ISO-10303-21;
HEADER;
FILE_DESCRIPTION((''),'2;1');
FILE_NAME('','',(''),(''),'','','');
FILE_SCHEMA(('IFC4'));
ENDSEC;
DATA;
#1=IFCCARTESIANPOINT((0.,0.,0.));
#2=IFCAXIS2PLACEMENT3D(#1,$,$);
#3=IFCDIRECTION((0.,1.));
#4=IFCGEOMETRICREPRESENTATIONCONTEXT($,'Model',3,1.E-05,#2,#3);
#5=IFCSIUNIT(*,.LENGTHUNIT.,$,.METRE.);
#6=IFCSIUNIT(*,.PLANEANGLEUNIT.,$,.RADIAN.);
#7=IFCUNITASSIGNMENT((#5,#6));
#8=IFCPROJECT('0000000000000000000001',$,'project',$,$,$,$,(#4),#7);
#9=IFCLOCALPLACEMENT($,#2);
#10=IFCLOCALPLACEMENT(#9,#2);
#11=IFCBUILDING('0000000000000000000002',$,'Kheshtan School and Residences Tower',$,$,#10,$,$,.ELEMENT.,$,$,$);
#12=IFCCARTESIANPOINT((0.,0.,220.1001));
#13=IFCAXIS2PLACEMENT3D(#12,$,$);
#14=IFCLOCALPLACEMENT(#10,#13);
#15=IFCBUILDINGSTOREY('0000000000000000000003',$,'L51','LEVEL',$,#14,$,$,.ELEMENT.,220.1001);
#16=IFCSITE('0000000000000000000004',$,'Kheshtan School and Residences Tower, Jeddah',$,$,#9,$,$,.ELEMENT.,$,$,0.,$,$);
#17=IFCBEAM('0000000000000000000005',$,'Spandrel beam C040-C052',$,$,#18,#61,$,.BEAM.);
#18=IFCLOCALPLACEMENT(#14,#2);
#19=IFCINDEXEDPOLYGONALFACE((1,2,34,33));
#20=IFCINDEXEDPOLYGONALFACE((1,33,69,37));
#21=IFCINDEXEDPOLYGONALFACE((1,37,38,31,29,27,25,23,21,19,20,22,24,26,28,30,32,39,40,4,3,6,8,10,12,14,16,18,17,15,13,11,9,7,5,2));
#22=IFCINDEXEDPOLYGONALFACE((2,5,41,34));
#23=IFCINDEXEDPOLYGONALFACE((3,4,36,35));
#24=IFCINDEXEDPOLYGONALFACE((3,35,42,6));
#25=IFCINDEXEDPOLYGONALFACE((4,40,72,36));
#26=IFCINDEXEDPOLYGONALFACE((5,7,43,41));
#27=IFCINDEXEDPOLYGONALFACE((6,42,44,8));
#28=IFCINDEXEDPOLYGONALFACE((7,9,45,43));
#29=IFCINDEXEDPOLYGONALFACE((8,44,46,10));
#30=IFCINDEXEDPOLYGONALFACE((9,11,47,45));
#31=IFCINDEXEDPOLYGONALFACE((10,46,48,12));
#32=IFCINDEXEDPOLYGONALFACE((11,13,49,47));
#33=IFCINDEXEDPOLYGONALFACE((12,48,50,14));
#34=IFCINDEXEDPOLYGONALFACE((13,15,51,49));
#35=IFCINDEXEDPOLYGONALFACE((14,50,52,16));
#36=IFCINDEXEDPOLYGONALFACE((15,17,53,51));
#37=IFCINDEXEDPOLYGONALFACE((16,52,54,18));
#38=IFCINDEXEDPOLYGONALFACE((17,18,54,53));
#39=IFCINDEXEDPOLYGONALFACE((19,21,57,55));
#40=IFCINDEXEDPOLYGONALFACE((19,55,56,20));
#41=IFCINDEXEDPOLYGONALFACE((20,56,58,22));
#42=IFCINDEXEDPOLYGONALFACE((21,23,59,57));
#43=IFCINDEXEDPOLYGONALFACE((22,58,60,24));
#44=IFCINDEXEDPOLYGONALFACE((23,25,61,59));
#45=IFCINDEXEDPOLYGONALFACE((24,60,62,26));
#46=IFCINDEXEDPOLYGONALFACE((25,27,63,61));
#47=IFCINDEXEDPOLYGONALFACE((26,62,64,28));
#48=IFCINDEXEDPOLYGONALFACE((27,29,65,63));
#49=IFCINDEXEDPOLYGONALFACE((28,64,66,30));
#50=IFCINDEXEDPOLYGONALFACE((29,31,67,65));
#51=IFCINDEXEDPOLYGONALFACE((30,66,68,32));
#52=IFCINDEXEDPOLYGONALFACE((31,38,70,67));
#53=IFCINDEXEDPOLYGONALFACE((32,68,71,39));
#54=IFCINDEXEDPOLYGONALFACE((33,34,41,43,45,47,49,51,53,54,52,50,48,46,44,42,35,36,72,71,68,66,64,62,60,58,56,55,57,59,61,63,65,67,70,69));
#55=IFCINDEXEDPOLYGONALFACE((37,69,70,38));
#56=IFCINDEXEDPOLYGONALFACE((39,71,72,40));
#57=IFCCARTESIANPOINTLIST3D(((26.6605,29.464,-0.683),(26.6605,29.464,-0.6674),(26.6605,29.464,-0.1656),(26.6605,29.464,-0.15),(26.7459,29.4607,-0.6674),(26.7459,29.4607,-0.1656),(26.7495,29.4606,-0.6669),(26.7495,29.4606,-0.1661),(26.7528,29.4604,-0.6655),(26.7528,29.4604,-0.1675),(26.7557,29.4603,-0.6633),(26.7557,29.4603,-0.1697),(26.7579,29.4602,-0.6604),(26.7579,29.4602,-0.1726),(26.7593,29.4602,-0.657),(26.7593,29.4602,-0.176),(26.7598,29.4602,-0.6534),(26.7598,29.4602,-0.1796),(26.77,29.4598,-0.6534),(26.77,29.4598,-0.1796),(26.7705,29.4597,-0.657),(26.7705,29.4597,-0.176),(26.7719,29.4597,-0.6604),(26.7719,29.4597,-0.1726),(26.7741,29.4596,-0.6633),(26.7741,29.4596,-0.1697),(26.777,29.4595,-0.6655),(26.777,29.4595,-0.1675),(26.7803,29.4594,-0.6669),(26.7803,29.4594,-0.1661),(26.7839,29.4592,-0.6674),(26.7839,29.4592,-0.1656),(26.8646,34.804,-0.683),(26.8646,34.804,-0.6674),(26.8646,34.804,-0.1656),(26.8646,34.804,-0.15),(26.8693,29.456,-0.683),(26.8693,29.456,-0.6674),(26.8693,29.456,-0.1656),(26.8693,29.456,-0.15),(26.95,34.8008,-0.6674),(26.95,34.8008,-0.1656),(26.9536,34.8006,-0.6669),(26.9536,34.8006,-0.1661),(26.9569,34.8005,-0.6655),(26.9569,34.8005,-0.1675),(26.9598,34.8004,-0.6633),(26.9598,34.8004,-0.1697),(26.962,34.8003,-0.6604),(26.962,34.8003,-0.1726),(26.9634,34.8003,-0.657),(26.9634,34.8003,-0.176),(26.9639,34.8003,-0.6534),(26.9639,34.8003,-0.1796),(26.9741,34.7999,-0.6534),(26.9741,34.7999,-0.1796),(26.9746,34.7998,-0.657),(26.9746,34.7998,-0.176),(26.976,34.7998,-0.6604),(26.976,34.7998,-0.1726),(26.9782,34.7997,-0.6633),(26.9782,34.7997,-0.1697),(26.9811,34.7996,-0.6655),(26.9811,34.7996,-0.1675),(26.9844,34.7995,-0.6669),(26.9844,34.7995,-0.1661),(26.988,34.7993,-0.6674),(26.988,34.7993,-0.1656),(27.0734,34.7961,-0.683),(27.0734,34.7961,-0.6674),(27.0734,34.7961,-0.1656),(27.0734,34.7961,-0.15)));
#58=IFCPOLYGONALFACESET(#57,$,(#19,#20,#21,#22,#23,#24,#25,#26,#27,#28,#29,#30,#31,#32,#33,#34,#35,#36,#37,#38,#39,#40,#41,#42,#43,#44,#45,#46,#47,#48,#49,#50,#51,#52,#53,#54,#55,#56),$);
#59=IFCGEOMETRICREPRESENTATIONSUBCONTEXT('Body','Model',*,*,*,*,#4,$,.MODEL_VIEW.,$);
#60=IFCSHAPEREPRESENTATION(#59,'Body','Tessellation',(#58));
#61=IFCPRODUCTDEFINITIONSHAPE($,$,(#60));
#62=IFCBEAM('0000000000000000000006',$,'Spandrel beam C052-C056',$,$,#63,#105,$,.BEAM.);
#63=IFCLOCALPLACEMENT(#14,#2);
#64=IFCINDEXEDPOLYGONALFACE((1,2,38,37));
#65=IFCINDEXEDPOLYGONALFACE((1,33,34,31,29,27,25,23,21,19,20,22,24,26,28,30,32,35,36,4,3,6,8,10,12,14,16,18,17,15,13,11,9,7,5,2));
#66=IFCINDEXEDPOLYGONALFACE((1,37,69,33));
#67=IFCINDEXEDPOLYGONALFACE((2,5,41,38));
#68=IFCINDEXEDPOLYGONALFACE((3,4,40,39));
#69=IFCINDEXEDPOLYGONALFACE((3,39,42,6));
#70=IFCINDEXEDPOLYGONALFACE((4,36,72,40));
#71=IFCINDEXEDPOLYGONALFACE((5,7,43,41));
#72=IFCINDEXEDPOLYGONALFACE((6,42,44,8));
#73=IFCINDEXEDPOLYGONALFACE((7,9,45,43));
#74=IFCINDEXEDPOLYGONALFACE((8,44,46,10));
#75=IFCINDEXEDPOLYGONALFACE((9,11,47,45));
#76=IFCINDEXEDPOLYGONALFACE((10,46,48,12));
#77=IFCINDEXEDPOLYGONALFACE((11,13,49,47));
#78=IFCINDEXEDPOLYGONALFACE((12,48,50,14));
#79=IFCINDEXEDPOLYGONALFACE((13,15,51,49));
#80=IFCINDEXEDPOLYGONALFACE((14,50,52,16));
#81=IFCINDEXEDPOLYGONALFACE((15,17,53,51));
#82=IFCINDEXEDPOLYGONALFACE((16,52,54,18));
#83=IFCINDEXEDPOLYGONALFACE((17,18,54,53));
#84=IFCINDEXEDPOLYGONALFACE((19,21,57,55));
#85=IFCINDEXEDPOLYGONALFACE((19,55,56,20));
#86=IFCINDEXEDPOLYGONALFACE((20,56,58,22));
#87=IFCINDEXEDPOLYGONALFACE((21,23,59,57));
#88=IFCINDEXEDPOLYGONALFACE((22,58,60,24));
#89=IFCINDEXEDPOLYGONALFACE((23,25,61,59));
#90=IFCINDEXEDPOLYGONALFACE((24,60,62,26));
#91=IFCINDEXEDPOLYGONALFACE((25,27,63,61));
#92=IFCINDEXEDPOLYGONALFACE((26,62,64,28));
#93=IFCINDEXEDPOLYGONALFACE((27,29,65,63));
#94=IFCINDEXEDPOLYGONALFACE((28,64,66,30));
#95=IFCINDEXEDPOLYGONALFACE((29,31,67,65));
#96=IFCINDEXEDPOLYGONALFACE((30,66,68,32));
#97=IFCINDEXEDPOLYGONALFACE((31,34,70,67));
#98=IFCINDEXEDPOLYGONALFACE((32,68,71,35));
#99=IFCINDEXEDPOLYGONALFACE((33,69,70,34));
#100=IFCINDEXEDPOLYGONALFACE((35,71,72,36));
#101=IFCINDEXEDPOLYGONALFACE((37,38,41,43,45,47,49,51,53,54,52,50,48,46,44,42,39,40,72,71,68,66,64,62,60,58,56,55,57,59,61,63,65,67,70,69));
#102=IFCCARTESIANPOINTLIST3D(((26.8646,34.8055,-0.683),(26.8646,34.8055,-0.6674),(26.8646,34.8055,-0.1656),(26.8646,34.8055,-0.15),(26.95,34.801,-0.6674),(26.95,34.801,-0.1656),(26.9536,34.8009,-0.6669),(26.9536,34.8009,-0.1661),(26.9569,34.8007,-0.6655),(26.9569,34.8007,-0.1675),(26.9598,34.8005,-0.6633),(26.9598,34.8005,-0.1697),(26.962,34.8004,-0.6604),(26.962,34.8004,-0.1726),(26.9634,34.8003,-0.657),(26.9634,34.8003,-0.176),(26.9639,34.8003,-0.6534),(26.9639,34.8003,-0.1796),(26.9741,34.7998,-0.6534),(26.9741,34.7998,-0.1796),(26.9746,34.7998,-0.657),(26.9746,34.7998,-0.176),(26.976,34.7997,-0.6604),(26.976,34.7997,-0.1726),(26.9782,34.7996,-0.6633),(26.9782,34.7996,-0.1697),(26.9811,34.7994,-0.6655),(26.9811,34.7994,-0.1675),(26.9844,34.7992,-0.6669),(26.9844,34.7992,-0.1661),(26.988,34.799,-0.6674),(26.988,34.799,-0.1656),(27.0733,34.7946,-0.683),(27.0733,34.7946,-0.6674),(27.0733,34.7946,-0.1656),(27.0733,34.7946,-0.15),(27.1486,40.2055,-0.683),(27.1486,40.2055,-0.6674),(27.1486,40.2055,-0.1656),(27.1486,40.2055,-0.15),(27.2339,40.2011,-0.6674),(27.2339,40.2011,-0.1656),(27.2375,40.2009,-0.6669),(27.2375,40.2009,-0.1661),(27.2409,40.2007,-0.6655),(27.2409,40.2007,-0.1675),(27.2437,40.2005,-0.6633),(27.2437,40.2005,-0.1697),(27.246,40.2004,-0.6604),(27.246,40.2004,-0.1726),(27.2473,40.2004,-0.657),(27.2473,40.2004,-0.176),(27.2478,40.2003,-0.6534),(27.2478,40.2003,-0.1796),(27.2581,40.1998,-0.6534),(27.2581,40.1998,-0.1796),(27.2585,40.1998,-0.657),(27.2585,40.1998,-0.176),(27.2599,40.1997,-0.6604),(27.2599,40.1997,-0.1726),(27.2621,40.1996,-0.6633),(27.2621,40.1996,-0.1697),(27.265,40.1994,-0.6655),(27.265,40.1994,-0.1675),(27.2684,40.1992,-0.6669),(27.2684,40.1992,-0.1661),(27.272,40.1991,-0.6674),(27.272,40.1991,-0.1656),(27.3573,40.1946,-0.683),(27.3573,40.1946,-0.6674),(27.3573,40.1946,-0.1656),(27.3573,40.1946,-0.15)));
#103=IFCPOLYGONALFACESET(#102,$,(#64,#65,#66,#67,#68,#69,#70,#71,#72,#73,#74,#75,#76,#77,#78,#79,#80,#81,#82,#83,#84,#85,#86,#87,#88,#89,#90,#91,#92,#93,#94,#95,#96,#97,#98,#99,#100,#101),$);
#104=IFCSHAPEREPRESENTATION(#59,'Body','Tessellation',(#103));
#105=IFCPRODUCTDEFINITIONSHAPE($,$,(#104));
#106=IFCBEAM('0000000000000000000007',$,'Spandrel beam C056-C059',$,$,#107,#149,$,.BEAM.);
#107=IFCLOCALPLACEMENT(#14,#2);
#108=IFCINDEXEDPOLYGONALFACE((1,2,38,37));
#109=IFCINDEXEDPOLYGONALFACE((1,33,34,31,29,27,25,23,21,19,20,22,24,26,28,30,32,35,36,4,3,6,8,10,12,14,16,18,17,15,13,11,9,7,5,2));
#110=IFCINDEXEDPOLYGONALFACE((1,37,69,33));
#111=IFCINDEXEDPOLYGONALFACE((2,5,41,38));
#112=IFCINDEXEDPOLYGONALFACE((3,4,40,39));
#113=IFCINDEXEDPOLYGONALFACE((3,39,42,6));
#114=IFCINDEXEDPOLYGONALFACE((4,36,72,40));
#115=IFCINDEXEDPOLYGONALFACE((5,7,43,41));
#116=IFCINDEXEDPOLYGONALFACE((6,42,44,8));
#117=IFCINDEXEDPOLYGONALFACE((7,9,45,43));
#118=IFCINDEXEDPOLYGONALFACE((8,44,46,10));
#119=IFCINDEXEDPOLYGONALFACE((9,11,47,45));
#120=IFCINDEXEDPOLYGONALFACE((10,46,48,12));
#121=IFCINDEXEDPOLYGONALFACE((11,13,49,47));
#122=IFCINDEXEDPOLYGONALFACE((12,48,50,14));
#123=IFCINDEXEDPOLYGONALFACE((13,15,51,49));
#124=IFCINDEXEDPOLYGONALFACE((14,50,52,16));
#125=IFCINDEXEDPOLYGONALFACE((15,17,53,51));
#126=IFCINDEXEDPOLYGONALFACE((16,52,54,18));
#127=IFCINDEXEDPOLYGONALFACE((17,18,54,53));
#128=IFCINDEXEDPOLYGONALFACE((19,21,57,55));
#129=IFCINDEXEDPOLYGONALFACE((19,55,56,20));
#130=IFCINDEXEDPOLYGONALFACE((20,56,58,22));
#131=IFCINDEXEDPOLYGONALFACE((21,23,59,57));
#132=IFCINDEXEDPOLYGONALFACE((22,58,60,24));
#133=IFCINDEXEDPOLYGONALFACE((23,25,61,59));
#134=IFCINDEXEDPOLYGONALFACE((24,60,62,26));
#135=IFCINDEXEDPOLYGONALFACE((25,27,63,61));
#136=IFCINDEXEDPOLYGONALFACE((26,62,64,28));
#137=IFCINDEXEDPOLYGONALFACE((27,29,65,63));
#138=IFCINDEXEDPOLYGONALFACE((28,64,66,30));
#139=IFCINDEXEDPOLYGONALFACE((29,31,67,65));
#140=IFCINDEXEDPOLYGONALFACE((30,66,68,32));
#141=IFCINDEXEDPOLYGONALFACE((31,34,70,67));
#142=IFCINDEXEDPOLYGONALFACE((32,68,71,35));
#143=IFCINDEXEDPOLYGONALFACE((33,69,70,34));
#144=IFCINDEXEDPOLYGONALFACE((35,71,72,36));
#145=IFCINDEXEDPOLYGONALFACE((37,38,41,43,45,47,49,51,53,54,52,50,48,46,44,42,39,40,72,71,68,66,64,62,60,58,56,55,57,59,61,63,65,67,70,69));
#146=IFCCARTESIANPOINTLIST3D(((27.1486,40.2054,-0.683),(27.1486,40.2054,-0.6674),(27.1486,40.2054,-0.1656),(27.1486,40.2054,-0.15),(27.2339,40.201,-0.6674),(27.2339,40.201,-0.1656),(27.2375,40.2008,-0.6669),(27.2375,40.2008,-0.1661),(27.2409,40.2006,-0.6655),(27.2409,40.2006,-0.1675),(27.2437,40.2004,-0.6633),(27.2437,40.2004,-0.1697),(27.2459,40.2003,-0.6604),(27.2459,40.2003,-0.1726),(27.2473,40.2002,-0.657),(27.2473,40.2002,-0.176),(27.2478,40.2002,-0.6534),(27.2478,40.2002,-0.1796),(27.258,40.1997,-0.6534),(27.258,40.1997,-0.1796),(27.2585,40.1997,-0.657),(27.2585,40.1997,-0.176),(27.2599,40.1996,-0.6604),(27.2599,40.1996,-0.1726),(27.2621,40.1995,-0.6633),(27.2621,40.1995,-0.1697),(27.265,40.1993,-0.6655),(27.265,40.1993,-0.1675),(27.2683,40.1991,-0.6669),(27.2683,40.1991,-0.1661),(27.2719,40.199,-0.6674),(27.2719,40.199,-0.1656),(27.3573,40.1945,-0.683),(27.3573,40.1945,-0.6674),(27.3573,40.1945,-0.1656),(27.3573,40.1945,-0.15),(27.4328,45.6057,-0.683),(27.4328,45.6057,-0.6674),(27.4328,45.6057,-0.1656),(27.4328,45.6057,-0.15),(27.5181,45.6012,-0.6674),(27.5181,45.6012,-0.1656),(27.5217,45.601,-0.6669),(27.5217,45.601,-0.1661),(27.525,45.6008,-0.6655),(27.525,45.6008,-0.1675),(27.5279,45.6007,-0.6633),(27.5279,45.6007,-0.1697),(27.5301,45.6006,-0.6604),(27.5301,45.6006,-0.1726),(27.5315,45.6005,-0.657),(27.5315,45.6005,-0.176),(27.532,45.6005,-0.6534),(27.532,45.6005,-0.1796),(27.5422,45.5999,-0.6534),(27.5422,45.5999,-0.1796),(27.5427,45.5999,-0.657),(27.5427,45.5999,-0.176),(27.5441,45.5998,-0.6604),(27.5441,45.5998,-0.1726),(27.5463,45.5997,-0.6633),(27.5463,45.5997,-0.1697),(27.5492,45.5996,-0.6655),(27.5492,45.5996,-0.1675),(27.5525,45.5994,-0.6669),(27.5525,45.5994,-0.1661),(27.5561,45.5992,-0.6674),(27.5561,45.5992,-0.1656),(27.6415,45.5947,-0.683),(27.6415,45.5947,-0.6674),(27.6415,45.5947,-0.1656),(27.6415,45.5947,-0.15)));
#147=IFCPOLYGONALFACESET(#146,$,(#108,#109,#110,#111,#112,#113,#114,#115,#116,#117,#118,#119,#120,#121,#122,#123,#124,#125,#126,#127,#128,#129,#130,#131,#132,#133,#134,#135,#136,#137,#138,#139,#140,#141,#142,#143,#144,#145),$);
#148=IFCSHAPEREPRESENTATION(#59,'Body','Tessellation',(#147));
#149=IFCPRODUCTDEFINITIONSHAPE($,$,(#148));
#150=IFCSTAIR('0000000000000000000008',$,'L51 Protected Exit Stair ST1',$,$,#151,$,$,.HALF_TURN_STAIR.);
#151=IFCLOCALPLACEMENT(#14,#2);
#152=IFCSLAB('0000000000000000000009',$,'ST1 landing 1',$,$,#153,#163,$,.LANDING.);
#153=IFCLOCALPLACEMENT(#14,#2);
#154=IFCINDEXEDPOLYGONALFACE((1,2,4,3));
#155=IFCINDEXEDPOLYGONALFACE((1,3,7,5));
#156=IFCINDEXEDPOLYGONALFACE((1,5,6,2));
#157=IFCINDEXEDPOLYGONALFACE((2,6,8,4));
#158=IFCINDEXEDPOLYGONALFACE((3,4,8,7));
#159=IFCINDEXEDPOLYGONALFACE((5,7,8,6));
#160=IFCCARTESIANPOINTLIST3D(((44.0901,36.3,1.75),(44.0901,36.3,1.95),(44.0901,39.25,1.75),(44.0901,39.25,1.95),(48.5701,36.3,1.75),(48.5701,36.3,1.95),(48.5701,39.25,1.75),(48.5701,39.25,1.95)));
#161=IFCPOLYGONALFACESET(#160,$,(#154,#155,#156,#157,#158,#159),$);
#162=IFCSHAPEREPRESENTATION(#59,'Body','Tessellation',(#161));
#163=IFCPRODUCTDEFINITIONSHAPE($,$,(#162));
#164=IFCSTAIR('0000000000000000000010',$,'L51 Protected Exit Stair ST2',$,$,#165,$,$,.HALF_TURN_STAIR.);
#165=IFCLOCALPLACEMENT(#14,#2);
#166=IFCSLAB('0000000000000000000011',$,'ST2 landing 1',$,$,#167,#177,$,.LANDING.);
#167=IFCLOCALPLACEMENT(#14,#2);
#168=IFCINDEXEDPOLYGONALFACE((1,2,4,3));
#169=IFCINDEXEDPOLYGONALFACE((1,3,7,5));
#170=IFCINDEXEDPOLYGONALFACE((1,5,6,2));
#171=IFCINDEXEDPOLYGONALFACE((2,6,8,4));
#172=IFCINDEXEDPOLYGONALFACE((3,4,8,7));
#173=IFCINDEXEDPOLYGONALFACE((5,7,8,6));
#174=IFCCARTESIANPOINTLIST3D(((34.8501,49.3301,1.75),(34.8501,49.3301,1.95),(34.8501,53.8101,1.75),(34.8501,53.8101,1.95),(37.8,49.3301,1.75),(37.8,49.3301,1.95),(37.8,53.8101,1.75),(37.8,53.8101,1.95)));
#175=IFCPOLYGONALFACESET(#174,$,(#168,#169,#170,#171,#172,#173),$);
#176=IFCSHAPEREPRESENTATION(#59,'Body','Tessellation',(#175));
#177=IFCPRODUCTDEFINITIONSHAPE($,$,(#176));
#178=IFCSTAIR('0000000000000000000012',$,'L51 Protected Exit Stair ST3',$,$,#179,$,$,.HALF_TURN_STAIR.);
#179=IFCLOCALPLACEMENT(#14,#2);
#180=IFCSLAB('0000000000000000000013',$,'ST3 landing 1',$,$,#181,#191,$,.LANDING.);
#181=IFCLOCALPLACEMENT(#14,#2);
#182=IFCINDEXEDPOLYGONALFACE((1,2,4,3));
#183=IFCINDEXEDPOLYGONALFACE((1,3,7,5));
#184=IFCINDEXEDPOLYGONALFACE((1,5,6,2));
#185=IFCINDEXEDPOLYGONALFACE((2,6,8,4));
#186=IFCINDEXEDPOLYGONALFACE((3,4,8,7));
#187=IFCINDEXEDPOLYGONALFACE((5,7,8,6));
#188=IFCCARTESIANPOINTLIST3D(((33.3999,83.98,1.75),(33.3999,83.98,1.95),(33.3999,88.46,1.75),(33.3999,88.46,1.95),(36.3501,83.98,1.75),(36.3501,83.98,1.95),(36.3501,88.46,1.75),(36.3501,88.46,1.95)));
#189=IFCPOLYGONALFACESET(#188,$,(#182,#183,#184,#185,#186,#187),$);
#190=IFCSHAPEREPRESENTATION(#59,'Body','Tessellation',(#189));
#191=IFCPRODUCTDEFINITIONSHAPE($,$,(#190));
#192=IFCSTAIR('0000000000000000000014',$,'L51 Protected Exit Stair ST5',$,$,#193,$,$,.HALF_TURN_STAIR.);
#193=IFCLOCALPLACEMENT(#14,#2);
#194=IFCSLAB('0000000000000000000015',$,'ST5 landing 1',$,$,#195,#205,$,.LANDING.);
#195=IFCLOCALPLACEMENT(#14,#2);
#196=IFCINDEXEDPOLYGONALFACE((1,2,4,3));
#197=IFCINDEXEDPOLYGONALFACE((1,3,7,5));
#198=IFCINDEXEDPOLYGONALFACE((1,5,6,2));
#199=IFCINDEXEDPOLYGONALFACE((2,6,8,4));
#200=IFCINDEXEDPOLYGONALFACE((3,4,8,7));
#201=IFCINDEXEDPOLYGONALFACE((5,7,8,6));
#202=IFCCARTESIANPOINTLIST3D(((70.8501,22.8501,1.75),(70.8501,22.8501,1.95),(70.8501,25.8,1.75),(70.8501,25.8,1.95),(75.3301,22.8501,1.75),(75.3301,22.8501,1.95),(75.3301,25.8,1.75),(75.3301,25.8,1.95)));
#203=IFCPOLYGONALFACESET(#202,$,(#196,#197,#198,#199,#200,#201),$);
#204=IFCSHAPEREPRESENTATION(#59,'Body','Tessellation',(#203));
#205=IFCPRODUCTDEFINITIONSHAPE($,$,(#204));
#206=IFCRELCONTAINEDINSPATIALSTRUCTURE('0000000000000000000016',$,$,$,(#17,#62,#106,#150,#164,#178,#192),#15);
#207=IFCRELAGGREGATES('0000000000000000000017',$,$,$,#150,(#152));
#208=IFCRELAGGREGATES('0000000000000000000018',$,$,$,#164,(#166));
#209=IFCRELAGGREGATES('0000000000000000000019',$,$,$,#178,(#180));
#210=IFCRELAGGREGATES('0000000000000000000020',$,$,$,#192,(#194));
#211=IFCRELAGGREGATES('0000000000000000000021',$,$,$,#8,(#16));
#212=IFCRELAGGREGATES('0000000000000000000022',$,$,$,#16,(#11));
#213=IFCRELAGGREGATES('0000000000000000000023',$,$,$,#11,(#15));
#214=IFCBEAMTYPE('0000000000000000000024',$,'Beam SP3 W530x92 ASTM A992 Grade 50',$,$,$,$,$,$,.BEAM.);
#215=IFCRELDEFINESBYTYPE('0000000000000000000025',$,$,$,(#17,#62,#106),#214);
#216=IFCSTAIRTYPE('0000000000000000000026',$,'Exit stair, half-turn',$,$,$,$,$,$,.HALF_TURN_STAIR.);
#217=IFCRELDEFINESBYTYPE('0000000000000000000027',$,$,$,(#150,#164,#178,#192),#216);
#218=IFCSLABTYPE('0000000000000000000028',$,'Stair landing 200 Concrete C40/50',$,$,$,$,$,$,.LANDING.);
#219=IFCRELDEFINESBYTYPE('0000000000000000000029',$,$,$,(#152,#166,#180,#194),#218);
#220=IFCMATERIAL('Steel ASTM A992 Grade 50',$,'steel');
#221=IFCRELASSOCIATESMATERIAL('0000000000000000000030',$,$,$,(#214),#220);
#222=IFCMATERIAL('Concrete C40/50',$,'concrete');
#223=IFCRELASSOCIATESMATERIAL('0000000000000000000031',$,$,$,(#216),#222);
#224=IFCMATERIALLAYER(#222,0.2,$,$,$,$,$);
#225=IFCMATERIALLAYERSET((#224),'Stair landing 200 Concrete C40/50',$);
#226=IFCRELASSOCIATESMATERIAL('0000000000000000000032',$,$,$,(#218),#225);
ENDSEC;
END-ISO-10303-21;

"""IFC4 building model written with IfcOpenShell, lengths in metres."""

from ifc_helpers import new_model, si_unit, direction, frame, origin, origin_2d, place, context, subcontext, project, spatial, polyline, i_section, outline, extrude, material, layer, layer_set, material_profile, profile_set, type_object, element, aggregate, save


model = new_model("IFC4")

# Units and contexts
model_context = context("Model", 3, precision=1e-05, world=origin(), true_north=direction((0.0, 1.0)))
body_context = subcontext(model_context, "Body", "Model", "MODEL_VIEW")
ifc_project = project(units=[si_unit("LENGTHUNIT", "METRE"), si_unit("PLANEANGLEUNIT", "RADIAN")], contexts=[model_context])

# Site, building, storey
site_placement = place(None, origin())
site = spatial("IfcSite", under=ifc_project, at=site_placement, Name="Kheshtan School and Residences Tower, Jeddah", CompositionType="ELEMENT", RefElevation=0.0)
building_placement = place(site_placement, origin())
building = spatial("IfcBuilding", under=site, at=building_placement, Name="Kheshtan School and Residences Tower", CompositionType="ELEMENT")
storey_placement = place(building_placement, frame((0.0, 0.0, 220.1001)))
storey = spatial("IfcBuildingStorey", under=building, at=storey_placement, Name="L51", Description="LEVEL", CompositionType="ELEMENT", Elevation=220.1001)

# Shared definitions
ifc_material_1 = material(Name="Steel ASTM A992 Grade 50", Category="steel")

# Beams
ifc_material_profile_1 = material_profile(ifc_material_1, i_section(OverallWidth=0.209, OverallDepth=0.533, WebThickness=0.0103, FlangeThickness=0.0156, FilletRadius=0.0139, at=origin_2d()), Name="W530x92")
ifc_profile_set_1 = profile_set([ifc_material_profile_1], Name="Steel ASTM A992 Grade 50")
beam_type_1 = type_object("IfcBeamType", Name="Beam SP3 W530x92 ASTM A992 Grade 50", PredefinedType="BEAM", material=ifc_profile_set_1)
beam_1_placement = place(storey_placement, frame((26.7649, 29.46, -0.4165), z_axis=(0.038193, 0.99927, 0.0), x_axis=(-0.99927, 0.038193, 0.0)))
element("IfcBeam", 1, at=beam_1_placement, inside=storey, type_object=beam_type_1, Name="Spandrel beam C040-C052", PredefinedType="BEAM", context=body_context, shape_type="SweptSolid", body=[
    extrude(i_section(OverallWidth=0.209, OverallDepth=0.533, WebThickness=0.0103, FlangeThickness=0.0156, FilletRadius=0.0139, at=origin_2d()), origin(), (0.0, 0.0, 1.0), 5.344),
])
beam_2_placement = place(storey_placement, frame((26.969, 34.8, -0.4165), z_axis=(0.052509, 0.99862, 0.0), x_axis=(-0.99862, 0.052509, 0.0)))
element("IfcBeam", 2, at=beam_2_placement, inside=storey, type_object=beam_type_1, Name="Spandrel beam C052-C056", PredefinedType="BEAM", context=body_context, shape_type="SweptSolid", body=[
    extrude(i_section(OverallWidth=0.209, OverallDepth=0.533, WebThickness=0.0103, FlangeThickness=0.0156, FilletRadius=0.0139, at=origin_2d()), origin(), (0.0, 0.0, 1.0), 5.4075),
])
beam_3_placement = place(storey_placement, frame((27.2529, 40.2, -0.4165), z_axis=(0.052552, 0.998618, 0.0), x_axis=(-0.998618, 0.052552, 0.0)))
element("IfcBeam", 3, at=beam_3_placement, inside=storey, type_object=beam_type_1, Name="Spandrel beam C056-C059", PredefinedType="BEAM", context=body_context, shape_type="SweptSolid", body=[
    extrude(i_section(OverallWidth=0.209, OverallDepth=0.533, WebThickness=0.0103, FlangeThickness=0.0156, FilletRadius=0.0139, at=origin_2d()), origin(), (0.0, 0.0, 1.0), 5.4077),
])

# Shared definitions
ifc_material_2 = material(Name="Concrete C40/50", Category="concrete")

# Stairs, slabs
stair_type = type_object("IfcStairType", Name="Exit stair, half-turn", PredefinedType="HALF_TURN_STAIR", material=ifc_material_2)
stair_1_placement = place(storey_placement, origin())
stair_1 = element("IfcStair", 4, at=stair_1_placement, inside=storey, type_object=stair_type, Name="L51 Protected Exit Stair ST1", PredefinedType="HALF_TURN_STAIR")
ifc_layer_1 = layer(ifc_material_2, 0.2)
ifc_layer_set_1 = layer_set([ifc_layer_1], Name="Stair landing 200 Concrete C40/50")
slab_type_1 = type_object("IfcSlabType", Name="Stair landing 200 Concrete C40/50", PredefinedType="LANDING", material=ifc_layer_set_1)
slab_1_placement = place(storey_placement, frame((0.0, 0.0, 1.75)))
slab_1 = element("IfcSlab", 5, at=slab_1_placement, type_object=slab_type_1, Name="ST1 landing 1", PredefinedType="LANDING", context=body_context, shape_type="SweptSolid", body=[
    extrude(outline(polyline([(48.5701, 39.25), (44.0901, 39.25), (44.0901, 36.3), (48.5701, 36.3), (48.5701, 39.25)])), origin(), (0.0, 0.0, 1.0), 0.2),
])
aggregate(stair_1, [slab_1])
stair_2_placement = place(storey_placement, origin())
stair_2 = element("IfcStair", 6, at=stair_2_placement, inside=storey, type_object=stair_type, Name="L51 Protected Exit Stair ST2", PredefinedType="HALF_TURN_STAIR")
slab_2_placement = place(storey_placement, frame((0.0, 0.0, 1.75)))
slab_2 = element("IfcSlab", 7, at=slab_2_placement, type_object=slab_type_1, Name="ST2 landing 1", PredefinedType="LANDING", context=body_context, shape_type="SweptSolid", body=[
    extrude(outline(polyline([(37.8, 49.3301), (37.8, 53.8101), (34.8501, 53.8101), (34.8501, 49.3301), (37.8, 49.3301)])), origin(), (0.0, 0.0, 1.0), 0.2),
])
aggregate(stair_2, [slab_2])
stair_3_placement = place(storey_placement, origin())
stair_3 = element("IfcStair", 8, at=stair_3_placement, inside=storey, type_object=stair_type, Name="L51 Protected Exit Stair ST3", PredefinedType="HALF_TURN_STAIR")
slab_3_placement = place(storey_placement, frame((0.0, 0.0, 1.75)))
slab_3 = element("IfcSlab", 9, at=slab_3_placement, type_object=slab_type_1, Name="ST3 landing 1", PredefinedType="LANDING", context=body_context, shape_type="SweptSolid", body=[
    extrude(outline(polyline([(36.3501, 83.98), (36.3501, 88.46), (33.3999, 88.46), (33.3999, 83.98), (36.3501, 83.98)])), origin(), (0.0, 0.0, 1.0), 0.2),
])
aggregate(stair_3, [slab_3])
stair_4_placement = place(storey_placement, origin())
stair_4 = element("IfcStair", 10, at=stair_4_placement, inside=storey, type_object=stair_type, Name="L51 Protected Exit Stair ST5", PredefinedType="HALF_TURN_STAIR")
slab_4_placement = place(storey_placement, frame((0.0, 0.0, 1.75)))
slab_4 = element("IfcSlab", 11, at=slab_4_placement, type_object=slab_type_1, Name="ST5 landing 1", PredefinedType="LANDING", context=body_context, shape_type="SweptSolid", body=[
    extrude(outline(polyline([(75.3301, 25.8), (70.8501, 25.8), (70.8501, 22.8501), (75.3301, 22.8501), (75.3301, 25.8)])), origin(), (0.0, 0.0, 1.0), 0.2),
])
aggregate(stair_4, [slab_4])

save(model, "model.ifc")
